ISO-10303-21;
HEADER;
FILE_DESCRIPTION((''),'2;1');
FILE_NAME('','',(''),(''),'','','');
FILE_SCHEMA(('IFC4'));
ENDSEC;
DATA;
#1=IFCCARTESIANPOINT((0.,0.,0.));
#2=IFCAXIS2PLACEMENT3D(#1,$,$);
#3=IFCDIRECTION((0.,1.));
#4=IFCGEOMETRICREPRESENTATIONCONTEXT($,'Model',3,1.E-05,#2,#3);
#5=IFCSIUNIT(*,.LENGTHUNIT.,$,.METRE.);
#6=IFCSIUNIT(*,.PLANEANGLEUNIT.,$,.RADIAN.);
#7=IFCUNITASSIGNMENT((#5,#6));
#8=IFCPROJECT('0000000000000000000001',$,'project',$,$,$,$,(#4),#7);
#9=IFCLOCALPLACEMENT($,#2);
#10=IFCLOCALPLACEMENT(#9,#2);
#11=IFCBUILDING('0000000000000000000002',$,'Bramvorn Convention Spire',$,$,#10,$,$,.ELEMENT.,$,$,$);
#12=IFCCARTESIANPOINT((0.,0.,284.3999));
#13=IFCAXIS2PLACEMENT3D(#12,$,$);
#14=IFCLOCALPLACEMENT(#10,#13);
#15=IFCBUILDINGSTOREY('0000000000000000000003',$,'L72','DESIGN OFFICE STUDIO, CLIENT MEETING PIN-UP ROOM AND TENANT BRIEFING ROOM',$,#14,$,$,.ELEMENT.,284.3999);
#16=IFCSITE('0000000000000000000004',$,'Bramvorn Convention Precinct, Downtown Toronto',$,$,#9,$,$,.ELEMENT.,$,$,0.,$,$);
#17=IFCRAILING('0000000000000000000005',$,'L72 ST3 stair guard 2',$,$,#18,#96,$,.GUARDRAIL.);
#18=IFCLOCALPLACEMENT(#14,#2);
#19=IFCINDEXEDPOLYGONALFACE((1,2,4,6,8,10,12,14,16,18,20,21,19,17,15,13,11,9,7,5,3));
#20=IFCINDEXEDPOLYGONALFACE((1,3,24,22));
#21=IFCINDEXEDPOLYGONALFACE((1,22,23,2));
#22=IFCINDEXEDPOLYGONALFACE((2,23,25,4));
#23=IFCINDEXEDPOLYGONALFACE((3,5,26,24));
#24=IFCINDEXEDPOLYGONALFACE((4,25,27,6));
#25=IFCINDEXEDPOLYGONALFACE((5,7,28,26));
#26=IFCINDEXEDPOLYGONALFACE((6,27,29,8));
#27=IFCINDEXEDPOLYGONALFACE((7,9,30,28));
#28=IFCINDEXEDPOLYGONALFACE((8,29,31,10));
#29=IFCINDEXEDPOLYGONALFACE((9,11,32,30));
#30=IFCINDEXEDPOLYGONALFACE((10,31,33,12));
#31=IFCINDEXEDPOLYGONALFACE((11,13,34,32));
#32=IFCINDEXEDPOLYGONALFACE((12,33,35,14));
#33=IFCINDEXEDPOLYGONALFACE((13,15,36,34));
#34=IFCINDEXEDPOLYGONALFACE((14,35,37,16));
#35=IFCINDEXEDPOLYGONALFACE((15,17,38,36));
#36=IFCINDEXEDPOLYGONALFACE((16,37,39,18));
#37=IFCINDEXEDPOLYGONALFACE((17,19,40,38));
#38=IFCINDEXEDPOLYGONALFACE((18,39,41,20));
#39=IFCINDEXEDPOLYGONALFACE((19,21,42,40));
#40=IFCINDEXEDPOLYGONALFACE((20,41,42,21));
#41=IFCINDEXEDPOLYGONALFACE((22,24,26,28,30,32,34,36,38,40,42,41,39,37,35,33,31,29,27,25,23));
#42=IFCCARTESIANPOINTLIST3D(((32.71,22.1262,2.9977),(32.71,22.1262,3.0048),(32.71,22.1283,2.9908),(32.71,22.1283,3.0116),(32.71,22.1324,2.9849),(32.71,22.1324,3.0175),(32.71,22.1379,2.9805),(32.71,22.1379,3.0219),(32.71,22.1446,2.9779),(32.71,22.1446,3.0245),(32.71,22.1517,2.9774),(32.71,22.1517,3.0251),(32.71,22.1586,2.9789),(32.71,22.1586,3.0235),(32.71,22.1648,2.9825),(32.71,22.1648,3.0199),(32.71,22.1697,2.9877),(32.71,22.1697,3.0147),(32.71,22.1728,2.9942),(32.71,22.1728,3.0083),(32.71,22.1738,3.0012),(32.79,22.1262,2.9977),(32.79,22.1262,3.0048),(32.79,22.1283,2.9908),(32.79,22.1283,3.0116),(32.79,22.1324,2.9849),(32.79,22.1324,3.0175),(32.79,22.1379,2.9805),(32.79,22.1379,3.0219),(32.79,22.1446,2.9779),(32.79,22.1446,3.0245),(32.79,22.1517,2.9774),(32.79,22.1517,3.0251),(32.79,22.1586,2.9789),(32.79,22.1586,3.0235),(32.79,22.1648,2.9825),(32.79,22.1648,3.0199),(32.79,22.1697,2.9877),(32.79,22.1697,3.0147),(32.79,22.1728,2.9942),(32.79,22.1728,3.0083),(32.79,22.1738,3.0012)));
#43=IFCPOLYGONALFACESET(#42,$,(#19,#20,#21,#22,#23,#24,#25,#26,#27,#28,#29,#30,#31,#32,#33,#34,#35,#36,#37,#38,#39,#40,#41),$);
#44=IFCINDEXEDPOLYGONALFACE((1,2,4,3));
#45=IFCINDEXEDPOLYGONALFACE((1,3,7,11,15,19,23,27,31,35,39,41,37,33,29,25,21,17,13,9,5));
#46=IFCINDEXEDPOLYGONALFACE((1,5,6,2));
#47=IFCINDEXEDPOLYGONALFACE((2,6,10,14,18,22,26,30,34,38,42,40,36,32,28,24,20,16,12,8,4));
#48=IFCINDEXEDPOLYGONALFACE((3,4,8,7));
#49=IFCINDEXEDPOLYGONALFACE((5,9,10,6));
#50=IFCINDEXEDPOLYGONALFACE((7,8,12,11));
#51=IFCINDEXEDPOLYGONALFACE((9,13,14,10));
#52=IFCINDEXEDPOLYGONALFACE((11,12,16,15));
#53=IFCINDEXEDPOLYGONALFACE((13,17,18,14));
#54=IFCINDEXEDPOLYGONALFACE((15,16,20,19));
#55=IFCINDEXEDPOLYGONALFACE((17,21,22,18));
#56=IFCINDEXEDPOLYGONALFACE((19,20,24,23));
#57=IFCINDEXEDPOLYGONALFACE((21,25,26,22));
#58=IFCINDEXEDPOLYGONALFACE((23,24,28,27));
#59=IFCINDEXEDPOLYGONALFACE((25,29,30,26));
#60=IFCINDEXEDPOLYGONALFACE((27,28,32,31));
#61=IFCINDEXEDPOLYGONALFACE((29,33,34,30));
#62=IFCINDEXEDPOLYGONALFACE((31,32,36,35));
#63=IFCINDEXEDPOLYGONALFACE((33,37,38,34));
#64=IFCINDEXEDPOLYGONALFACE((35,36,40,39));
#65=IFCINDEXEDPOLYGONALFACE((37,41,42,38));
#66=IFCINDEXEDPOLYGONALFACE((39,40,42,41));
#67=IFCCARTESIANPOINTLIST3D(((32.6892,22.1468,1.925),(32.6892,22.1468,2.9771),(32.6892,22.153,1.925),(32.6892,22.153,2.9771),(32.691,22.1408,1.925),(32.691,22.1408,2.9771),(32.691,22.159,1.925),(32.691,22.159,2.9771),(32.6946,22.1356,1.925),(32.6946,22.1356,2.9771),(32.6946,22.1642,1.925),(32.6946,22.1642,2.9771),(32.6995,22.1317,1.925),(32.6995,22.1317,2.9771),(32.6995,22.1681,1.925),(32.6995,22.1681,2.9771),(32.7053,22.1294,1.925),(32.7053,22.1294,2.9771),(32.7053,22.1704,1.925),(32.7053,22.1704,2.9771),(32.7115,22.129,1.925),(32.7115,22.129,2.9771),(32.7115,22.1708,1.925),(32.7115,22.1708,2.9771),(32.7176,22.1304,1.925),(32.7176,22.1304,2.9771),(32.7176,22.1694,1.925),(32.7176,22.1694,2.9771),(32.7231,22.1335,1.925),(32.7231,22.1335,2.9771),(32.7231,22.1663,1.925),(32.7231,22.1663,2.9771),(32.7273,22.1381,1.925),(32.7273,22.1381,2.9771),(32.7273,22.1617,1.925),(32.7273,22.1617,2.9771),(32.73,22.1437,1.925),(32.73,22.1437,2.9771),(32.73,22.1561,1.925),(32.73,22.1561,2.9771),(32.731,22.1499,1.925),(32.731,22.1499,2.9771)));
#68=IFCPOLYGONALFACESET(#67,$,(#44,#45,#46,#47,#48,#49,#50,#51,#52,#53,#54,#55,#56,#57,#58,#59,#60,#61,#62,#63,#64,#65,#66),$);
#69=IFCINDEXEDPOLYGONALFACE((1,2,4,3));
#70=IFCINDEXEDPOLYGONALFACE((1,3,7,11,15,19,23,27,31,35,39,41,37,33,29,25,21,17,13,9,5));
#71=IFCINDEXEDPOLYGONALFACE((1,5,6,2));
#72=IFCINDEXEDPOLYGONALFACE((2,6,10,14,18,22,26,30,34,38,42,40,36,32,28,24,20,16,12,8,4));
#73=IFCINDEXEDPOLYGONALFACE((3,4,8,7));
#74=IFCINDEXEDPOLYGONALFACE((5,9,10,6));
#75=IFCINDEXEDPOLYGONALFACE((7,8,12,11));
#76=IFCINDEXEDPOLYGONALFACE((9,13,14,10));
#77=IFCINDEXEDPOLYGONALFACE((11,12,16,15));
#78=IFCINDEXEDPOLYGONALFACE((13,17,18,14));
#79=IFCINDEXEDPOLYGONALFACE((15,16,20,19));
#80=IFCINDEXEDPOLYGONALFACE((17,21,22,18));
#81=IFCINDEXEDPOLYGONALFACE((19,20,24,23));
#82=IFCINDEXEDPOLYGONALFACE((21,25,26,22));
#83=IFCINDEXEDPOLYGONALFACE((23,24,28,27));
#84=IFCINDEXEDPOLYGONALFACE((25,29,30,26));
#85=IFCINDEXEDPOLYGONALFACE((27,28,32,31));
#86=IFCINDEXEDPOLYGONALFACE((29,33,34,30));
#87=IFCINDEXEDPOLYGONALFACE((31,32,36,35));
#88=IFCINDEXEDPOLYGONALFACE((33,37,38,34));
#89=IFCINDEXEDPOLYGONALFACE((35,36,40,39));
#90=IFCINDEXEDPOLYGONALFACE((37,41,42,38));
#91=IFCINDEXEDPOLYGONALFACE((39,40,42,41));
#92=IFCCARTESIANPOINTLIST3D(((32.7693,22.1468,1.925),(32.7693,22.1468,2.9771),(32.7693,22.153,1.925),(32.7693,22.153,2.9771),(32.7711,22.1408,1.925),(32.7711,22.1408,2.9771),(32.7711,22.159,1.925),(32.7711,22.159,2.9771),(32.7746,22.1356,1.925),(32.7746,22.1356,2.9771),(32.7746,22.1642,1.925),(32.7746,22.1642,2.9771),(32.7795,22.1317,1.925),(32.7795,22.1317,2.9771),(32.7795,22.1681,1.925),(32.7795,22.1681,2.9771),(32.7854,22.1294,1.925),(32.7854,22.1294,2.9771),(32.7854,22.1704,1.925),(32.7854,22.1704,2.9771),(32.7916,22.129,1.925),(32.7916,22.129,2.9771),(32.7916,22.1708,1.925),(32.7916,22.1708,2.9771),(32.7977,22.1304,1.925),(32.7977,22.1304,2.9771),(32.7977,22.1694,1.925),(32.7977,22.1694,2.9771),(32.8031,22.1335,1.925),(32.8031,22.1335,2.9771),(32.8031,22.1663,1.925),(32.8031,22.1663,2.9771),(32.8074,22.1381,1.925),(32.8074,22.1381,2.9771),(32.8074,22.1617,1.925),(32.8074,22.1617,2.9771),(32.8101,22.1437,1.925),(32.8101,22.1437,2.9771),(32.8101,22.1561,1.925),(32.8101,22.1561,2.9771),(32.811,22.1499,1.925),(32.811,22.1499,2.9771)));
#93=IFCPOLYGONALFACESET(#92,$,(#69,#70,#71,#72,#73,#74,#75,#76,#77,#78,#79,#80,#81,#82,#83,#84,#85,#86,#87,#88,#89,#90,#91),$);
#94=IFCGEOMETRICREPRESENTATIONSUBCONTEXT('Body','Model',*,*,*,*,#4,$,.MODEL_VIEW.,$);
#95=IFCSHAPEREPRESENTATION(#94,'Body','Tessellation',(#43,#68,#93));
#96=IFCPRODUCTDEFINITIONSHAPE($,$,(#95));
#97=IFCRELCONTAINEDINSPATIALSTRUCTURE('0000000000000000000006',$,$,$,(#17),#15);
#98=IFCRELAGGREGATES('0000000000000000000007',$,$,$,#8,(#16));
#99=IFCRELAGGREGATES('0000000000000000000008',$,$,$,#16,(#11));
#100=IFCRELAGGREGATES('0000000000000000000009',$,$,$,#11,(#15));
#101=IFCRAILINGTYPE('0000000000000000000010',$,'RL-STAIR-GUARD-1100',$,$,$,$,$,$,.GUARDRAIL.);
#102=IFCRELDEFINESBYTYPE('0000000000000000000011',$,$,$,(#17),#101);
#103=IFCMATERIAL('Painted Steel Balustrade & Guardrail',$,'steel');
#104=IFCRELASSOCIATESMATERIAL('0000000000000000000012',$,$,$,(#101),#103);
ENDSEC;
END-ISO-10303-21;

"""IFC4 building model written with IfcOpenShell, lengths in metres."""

from ifc_helpers import new_model, si_unit, direction, frame, origin, origin_2d, place, context, subcontext, project, spatial, circle, extrude, material, type_object, element, save


model = new_model("IFC4")

# Units and contexts
model_context = context("Model", 3, precision=1e-05, world=origin(), true_north=direction((0.0, 1.0)))
body_context = subcontext(model_context, "Body", "Model", "MODEL_VIEW")
ifc_project = project(units=[si_unit("LENGTHUNIT", "METRE"), si_unit("PLANEANGLEUNIT", "RADIAN")], contexts=[model_context])

# Site, building, storey
site_placement = place(None, origin())
site = spatial("IfcSite", under=ifc_project, at=site_placement, Name="Bramvorn Convention Precinct, Downtown Toronto", CompositionType="ELEMENT", RefElevation=0.0)
building_placement = place(site_placement, origin())
building = spatial("IfcBuilding", under=site, at=building_placement, Name="Bramvorn Convention Spire", CompositionType="ELEMENT")
storey_placement = place(building_placement, frame((0.0, 0.0, 284.3999)))
storey = spatial("IfcBuildingStorey", under=building, at=storey_placement, Name="L72", Description="DESIGN OFFICE STUDIO, CLIENT MEETING PIN-UP ROOM AND TENANT BRIEFING ROOM", CompositionType="ELEMENT", Elevation=284.3999)

# Railing
ifc_material_1 = material(Name="Painted Steel Balustrade & Guardrail", Category="steel")
railing_type_1 = type_object("IfcRailingType", Name="RL-STAIR-GUARD-1100", PredefinedType="GUARDRAIL", material=ifc_material_1)
railing_1_placement = place(storey_placement, frame((32.71, 22.1499, 1.925)))
element("IfcRailing", 1, at=railing_1_placement, inside=storey, type_object=railing_type_1, Name="L72 ST3 stair guard 2", PredefinedType="GUARDRAIL", context=body_context, shape_type="SweptSolid", body=[
    extrude(circle(Radius=0.0239, at=origin_2d()), frame((0.0, 0.0, 1.0762), z_axis=(1.0, 0.0, 0.0), x_axis=(0.0, 1.0, 0.0)), (0.0, 0.0, 1.0), 0.0801),
    extrude(circle(Radius=0.021, at=origin_2d()), origin(), (0.0, 0.0, 1.0), 1.052),
    extrude(circle(Radius=0.021, at=origin_2d()), frame((0.0801, 0.0, 0.0)), (0.0, 0.0, 1.0), 1.052),
])

save(model, "model.ifc")
